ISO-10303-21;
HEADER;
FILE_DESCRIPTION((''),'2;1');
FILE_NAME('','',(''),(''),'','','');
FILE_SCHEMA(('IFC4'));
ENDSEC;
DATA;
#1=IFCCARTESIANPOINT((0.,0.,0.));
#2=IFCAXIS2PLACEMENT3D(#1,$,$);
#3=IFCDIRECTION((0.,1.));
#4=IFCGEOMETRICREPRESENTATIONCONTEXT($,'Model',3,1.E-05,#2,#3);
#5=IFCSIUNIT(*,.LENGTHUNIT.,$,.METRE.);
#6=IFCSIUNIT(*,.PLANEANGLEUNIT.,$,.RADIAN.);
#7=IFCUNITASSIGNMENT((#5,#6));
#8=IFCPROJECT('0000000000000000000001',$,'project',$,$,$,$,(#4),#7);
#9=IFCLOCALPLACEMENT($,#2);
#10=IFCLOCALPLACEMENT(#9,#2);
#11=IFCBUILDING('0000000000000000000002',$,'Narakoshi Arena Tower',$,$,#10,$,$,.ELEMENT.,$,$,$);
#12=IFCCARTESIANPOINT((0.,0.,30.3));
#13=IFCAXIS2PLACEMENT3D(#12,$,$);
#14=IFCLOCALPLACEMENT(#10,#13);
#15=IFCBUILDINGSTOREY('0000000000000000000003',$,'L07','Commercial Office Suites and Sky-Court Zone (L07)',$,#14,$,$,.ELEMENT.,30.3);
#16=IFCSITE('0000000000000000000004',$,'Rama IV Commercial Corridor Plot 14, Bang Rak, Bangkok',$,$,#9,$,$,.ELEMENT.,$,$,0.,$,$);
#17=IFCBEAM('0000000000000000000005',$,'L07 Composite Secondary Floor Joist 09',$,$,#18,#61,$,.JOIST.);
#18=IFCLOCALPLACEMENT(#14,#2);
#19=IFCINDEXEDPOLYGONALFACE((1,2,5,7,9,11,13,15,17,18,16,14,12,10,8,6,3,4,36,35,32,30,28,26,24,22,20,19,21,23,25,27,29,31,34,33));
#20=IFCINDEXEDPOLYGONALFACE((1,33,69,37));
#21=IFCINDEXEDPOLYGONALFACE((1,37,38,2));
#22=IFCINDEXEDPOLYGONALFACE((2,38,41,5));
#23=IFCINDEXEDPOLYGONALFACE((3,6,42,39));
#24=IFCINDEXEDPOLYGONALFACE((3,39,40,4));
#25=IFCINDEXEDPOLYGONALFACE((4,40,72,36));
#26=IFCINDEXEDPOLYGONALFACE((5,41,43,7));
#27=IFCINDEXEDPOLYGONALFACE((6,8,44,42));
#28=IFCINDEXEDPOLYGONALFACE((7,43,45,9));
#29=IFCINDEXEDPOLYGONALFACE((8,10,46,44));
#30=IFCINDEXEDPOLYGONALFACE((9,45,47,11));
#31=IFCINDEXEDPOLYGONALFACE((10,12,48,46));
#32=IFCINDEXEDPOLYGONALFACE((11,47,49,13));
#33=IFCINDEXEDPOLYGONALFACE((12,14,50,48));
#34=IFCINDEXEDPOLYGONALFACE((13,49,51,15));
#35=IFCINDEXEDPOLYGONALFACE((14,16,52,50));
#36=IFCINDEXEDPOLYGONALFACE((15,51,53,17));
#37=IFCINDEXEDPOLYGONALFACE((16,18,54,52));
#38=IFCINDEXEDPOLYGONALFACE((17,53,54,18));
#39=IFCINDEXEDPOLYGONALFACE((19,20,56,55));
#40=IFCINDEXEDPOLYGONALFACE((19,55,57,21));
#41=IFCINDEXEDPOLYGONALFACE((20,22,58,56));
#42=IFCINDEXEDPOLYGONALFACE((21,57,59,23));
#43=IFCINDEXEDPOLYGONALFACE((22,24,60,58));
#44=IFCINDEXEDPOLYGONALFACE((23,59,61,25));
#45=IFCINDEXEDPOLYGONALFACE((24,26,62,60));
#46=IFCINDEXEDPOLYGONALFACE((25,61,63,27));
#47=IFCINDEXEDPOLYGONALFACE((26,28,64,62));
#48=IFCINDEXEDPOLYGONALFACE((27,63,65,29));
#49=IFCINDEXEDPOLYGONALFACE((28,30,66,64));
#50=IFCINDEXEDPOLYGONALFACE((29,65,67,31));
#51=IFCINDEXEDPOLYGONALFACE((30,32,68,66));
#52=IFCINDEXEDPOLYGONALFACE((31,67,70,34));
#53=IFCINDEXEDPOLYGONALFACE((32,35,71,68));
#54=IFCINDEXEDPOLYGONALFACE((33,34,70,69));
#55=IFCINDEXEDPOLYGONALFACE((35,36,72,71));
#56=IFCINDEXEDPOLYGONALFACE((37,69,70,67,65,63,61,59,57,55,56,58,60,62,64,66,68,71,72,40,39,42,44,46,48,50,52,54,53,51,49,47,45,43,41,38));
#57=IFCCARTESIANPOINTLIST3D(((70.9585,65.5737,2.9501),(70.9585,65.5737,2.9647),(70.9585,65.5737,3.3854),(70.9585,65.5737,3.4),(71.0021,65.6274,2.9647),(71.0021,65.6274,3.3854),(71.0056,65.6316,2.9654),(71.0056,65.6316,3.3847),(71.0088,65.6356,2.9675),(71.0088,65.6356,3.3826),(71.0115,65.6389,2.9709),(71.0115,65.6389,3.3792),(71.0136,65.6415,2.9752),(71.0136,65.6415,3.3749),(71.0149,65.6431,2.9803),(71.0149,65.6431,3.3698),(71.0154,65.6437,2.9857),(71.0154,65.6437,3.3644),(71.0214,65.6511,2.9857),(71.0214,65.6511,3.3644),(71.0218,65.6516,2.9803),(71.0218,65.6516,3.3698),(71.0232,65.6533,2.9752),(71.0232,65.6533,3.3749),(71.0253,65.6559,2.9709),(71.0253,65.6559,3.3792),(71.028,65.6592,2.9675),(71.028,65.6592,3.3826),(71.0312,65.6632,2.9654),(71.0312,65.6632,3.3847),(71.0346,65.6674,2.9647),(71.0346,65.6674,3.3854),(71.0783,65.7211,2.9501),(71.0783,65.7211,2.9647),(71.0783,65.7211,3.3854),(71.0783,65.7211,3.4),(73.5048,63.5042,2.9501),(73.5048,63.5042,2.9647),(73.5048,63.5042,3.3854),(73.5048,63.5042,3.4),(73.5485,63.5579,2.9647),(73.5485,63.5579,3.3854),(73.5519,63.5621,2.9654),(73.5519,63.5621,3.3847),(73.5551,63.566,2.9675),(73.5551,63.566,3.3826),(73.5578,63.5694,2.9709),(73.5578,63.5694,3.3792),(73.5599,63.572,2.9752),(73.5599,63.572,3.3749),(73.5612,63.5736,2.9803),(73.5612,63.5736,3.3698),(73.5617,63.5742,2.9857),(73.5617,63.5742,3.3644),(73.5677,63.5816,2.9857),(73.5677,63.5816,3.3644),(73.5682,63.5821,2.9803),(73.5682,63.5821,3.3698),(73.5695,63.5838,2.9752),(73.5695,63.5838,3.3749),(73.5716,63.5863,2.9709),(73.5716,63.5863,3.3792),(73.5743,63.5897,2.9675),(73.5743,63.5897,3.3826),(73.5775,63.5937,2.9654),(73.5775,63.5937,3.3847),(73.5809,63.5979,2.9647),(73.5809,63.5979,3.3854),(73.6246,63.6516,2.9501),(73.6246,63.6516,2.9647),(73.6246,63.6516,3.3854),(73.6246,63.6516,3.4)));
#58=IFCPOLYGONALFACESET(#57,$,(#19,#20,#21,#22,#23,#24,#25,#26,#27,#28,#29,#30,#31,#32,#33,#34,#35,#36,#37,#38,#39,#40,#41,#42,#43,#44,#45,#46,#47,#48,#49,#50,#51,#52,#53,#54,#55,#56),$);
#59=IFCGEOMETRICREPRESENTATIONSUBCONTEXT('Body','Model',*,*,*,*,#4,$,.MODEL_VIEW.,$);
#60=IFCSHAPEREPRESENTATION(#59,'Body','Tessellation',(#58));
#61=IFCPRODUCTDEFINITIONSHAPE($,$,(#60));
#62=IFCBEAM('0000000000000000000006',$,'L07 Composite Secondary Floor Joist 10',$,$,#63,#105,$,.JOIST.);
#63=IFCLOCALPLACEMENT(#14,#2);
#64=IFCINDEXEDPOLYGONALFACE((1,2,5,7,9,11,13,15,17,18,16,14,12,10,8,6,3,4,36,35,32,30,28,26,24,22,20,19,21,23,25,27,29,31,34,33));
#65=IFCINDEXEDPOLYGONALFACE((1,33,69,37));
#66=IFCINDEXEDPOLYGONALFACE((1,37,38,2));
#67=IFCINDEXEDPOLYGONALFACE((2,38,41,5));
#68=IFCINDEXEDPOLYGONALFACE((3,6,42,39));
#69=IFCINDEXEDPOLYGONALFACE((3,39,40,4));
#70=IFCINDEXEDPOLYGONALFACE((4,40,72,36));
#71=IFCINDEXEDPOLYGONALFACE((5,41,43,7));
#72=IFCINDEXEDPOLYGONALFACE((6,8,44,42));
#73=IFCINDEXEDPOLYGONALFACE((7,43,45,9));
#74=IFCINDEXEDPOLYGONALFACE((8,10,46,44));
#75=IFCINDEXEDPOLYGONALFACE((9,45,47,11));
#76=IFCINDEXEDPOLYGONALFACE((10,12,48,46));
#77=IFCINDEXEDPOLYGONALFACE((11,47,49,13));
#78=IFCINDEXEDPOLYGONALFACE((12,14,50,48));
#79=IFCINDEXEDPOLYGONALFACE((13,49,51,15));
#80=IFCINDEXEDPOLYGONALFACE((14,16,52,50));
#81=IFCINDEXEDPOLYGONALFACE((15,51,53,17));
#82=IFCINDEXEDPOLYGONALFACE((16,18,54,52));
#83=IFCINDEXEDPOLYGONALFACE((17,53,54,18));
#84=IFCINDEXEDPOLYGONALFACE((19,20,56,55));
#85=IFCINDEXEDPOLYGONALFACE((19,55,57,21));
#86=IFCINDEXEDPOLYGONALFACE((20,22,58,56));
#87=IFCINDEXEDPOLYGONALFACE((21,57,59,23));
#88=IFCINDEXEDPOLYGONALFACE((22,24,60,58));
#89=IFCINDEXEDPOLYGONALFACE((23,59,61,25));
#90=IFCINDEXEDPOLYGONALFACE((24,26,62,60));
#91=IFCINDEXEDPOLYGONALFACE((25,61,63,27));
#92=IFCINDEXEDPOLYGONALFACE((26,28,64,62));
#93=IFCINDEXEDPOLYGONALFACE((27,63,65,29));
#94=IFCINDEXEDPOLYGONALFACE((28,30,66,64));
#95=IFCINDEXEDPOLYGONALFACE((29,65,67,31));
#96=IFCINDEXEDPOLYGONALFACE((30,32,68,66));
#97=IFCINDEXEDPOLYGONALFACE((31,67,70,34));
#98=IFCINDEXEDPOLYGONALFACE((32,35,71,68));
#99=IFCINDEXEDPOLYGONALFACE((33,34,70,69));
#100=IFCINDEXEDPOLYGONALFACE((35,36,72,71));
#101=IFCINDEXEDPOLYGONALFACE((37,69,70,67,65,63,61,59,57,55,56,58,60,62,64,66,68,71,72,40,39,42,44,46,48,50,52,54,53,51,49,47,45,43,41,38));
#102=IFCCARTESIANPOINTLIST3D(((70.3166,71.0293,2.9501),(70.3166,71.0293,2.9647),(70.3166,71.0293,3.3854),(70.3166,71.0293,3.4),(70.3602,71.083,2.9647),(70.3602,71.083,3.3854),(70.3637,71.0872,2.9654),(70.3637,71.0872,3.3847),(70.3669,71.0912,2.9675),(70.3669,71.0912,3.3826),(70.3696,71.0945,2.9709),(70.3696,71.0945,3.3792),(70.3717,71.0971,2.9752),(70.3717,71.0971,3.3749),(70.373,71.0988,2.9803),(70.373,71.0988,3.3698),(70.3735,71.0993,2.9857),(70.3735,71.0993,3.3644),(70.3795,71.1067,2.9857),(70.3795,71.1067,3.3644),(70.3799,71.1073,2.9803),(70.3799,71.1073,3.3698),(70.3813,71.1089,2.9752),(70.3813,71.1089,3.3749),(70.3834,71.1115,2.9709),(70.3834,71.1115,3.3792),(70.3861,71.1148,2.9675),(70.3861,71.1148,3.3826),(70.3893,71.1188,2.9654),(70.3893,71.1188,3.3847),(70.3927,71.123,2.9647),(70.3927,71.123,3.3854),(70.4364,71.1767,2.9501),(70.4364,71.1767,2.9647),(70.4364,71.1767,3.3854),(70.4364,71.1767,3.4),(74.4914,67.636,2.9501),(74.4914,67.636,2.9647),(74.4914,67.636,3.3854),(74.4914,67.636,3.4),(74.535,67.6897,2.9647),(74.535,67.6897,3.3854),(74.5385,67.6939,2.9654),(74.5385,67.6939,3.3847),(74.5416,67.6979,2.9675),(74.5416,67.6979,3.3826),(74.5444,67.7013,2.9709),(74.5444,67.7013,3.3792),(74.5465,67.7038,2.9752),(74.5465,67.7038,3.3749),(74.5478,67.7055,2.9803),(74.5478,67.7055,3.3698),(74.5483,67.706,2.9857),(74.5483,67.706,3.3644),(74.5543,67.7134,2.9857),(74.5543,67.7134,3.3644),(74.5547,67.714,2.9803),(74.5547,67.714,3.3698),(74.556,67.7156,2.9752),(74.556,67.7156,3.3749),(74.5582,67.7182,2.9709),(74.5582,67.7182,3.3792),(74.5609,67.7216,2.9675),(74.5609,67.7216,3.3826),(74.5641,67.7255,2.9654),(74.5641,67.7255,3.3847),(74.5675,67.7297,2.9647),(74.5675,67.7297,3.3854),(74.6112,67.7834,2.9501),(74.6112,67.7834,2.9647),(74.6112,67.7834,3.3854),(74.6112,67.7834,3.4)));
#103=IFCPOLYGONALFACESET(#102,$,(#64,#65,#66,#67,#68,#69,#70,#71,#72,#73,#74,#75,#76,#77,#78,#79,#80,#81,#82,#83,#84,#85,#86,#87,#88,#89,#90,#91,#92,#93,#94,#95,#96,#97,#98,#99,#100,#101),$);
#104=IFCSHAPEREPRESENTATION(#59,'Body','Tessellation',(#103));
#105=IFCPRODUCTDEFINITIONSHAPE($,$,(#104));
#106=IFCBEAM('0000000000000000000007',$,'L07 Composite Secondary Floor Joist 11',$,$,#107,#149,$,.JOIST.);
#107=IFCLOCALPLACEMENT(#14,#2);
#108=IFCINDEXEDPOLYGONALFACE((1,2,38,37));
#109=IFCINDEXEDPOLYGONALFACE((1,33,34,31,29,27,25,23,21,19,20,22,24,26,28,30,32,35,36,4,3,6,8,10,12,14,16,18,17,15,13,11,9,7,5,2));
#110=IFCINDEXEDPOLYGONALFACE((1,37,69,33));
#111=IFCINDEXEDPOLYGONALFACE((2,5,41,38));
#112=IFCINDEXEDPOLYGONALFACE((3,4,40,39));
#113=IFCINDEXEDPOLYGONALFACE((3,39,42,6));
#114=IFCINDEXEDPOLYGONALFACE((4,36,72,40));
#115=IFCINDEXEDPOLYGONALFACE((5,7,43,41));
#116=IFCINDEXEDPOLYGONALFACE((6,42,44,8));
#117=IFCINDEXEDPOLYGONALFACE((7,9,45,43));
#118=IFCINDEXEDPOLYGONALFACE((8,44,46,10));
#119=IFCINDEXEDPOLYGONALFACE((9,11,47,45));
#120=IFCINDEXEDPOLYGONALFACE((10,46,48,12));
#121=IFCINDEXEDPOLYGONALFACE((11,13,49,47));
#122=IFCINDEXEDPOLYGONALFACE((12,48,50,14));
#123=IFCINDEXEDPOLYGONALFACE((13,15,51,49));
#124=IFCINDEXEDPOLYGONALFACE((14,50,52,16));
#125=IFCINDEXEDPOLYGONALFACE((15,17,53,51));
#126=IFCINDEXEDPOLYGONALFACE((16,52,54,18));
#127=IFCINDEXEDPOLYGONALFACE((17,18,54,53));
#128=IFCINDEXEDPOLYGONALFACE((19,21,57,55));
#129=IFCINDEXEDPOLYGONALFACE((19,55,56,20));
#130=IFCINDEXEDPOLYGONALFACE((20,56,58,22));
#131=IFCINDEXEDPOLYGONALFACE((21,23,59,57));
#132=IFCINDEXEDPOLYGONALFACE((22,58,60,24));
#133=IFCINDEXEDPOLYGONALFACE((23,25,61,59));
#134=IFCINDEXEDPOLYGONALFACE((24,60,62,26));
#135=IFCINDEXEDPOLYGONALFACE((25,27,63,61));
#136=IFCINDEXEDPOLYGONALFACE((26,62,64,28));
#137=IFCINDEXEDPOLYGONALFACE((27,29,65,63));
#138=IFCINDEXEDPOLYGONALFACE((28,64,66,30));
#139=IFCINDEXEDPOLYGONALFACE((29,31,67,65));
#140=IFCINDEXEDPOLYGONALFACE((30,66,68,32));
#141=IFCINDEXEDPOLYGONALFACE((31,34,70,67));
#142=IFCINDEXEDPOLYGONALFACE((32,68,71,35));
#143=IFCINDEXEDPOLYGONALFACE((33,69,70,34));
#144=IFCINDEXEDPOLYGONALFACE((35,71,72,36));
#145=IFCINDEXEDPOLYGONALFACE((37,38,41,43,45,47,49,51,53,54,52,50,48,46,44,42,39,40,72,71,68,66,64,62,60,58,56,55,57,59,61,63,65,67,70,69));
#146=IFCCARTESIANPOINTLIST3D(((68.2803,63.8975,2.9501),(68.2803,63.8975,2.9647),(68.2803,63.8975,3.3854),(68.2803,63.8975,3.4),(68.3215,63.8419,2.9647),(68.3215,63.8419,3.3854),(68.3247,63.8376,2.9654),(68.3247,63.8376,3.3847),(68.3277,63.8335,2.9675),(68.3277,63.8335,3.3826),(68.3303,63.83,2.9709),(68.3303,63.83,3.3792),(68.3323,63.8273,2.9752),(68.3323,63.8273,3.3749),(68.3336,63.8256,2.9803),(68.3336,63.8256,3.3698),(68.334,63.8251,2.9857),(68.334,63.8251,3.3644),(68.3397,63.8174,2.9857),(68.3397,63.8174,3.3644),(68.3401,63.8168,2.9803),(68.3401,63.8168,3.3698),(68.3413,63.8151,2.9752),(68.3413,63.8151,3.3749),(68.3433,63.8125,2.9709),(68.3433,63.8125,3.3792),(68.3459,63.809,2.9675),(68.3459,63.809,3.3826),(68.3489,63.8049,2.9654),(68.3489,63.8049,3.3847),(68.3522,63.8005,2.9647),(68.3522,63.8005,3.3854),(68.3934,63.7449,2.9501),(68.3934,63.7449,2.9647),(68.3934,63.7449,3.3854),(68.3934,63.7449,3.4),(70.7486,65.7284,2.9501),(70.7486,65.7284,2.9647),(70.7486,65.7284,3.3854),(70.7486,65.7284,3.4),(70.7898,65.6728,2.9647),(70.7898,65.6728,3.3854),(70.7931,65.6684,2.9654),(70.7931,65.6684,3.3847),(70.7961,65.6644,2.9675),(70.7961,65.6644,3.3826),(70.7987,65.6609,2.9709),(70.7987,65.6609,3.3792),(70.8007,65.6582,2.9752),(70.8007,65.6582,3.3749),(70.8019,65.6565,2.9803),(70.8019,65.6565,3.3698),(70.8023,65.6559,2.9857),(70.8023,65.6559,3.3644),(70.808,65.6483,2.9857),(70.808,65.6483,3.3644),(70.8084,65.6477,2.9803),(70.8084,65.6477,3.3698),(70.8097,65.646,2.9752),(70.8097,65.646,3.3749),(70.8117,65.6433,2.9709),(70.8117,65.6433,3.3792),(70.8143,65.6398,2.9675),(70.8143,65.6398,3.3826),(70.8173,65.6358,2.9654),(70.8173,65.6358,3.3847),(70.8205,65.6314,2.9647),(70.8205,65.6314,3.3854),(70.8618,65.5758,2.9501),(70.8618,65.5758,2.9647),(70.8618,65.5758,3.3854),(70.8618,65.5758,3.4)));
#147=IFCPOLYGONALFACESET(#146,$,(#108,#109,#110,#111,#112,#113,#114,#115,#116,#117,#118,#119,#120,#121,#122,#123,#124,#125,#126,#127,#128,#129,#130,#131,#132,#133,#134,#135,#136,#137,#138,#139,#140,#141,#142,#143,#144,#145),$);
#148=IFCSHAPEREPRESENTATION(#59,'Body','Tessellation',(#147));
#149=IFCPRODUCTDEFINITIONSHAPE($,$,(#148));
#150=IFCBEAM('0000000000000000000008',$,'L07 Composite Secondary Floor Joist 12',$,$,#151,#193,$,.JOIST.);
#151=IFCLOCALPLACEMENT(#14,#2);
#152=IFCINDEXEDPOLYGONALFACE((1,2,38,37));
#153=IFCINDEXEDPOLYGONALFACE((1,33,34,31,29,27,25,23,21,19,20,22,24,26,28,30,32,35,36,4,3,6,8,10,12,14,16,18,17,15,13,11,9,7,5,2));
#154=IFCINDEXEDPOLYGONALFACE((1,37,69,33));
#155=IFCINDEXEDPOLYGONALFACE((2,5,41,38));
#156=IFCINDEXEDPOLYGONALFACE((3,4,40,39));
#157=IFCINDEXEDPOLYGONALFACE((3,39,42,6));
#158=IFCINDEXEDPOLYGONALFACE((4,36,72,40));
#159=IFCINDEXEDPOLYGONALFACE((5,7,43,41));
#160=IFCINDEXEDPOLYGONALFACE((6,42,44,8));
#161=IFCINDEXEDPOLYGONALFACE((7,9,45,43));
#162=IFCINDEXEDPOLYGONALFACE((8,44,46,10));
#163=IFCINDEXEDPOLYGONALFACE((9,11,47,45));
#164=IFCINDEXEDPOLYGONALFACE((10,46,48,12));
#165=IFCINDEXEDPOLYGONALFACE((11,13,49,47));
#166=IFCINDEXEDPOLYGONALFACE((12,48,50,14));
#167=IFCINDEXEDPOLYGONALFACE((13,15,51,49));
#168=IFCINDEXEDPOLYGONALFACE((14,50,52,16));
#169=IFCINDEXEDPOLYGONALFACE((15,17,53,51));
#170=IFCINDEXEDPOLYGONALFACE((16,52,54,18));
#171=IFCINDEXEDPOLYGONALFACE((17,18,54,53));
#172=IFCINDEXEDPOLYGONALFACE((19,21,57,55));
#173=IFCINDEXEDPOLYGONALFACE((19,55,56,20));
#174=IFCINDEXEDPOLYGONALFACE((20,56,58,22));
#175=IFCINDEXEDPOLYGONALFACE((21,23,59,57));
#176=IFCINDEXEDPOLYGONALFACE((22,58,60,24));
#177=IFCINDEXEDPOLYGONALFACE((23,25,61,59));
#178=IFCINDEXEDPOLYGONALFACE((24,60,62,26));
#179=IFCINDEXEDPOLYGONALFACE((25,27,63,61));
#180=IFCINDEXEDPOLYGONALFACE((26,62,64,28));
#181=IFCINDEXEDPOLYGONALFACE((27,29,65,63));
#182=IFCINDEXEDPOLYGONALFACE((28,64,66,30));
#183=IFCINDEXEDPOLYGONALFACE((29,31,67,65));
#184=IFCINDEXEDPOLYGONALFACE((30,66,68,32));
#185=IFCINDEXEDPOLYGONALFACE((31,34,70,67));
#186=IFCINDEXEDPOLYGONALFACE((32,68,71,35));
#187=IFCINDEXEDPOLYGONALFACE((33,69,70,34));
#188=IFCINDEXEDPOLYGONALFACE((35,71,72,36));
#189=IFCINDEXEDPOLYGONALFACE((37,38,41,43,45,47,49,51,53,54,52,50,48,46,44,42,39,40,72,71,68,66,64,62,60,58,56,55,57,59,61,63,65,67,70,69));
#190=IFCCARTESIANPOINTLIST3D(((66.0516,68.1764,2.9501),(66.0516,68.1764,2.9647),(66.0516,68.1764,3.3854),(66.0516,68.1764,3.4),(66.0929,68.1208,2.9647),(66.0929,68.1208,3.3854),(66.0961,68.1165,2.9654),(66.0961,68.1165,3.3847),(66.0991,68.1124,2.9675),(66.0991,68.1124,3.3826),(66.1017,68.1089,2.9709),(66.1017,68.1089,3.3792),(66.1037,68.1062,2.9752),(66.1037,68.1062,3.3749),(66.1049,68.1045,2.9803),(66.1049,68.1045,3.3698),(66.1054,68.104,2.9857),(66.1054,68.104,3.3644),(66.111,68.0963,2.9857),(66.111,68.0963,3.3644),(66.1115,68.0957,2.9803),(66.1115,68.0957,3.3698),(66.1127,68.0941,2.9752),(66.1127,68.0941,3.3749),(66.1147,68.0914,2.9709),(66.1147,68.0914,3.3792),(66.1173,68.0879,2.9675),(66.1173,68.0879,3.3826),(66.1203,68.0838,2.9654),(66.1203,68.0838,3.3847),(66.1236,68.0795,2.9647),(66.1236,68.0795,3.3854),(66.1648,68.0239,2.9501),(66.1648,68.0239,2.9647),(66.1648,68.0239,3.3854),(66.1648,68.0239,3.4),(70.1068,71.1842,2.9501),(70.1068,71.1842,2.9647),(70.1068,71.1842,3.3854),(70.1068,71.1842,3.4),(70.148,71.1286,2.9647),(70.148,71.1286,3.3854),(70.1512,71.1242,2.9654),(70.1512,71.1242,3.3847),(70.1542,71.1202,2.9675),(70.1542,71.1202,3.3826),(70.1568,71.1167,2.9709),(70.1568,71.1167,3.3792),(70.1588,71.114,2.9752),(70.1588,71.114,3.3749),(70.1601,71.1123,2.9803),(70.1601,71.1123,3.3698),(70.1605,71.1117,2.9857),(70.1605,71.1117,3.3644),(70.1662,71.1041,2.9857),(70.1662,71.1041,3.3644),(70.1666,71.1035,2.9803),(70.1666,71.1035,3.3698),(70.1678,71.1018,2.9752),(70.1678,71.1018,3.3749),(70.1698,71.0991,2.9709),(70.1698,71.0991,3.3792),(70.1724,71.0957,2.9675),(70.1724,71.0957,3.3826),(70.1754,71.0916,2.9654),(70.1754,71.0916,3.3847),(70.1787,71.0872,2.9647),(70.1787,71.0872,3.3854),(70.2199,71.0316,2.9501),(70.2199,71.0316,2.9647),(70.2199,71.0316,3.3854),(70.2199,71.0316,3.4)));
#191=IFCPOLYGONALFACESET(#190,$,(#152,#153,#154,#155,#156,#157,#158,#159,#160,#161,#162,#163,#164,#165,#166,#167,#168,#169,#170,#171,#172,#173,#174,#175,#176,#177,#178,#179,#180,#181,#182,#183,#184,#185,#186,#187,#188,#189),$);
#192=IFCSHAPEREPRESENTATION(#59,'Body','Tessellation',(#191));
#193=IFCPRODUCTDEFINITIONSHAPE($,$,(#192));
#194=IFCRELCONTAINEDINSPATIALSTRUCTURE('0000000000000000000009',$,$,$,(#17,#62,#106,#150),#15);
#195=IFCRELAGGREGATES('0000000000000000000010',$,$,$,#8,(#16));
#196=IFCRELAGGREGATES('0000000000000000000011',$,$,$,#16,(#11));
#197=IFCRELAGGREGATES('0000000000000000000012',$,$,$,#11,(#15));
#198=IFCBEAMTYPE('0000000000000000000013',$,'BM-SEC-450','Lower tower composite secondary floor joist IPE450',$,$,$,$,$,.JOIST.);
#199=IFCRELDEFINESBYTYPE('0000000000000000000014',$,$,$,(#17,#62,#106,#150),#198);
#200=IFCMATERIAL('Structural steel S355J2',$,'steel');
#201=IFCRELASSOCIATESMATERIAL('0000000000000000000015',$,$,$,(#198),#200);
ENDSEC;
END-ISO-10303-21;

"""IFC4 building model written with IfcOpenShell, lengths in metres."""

from ifc_helpers import new_model, si_unit, direction, frame, origin, origin_2d, place, context, subcontext, project, spatial, i_section, extrude, material, material_profile, profile_set, type_object, element, save


model = new_model("IFC4")

# Units and contexts
model_context = context("Model", 3, precision=1e-05, world=origin(), true_north=direction((0.0, 1.0)))
body_context = subcontext(model_context, "Body", "Model", "MODEL_VIEW")
ifc_project = project(units=[si_unit("LENGTHUNIT", "METRE"), si_unit("PLANEANGLEUNIT", "RADIAN")], contexts=[model_context])

# Site, building, storey
site_placement = place(None, origin())
site = spatial("IfcSite", under=ifc_project, at=site_placement, Name="Rama IV Commercial Corridor Plot 14, Bang Rak, Bangkok", CompositionType="ELEMENT", RefElevation=0.0)
building_placement = place(site_placement, origin())
building = spatial("IfcBuilding", under=site, at=building_placement, Name="Narakoshi Arena Tower", CompositionType="ELEMENT")
storey_placement = place(building_placement, frame((0.0, 0.0, 30.3)))
storey = spatial("IfcBuildingStorey", under=building, at=storey_placement, Name="L07", Description="Commercial Office Suites and Sky-Court Zone (L07)", CompositionType="ELEMENT", Elevation=30.3)

# Beams
ifc_material_1 = material(Name="Structural steel S355J2", Category="steel")
ifc_material_profile_1 = material_profile(ifc_material_1, i_section(OverallWidth=0.1899, OverallDepth=0.45, WebThickness=0.0095, FlangeThickness=0.0146, FilletRadius=0.021, at=origin_2d()), Name="IPE450")
ifc_profile_set_1 = profile_set([ifc_material_profile_1], Name="Structural steel S355J2")
beam_type_1 = type_object("IfcBeamType", Name="BM-SEC-450", Description="Lower tower composite secondary floor joist IPE450", PredefinedType="JOIST", material=ifc_profile_set_1)
beam_1_placement = place(storey_placement, frame((73.5647, 63.5779, 3.175), z_axis=(-0.776018, 0.63071, 0.0), x_axis=(-0.63071, -0.776018, 0.0)))
element("IfcBeam", 1, at=beam_1_placement, inside=storey, type_object=beam_type_1, Name="L07 Composite Secondary Floor Joist 09", PredefinedType="JOIST", context=body_context, shape_type="SweptSolid", body=[
    extrude(i_section(OverallWidth=0.1899, OverallDepth=0.45, WebThickness=0.0095, FlangeThickness=0.0146, FilletRadius=0.021, at=origin_2d()), origin(), (0.0, 0.0, 1.0), 3.2812),
])
beam_2_placement = place(storey_placement, frame((74.5513, 67.7097, 3.175), z_axis=(-0.775997, 0.630736, 0.0), x_axis=(-0.630736, -0.775997, 0.0)))
element("IfcBeam", 2, at=beam_2_placement, inside=storey, type_object=beam_type_1, Name="L07 Composite Secondary Floor Joist 10", PredefinedType="JOIST", context=body_context, shape_type="SweptSolid", body=[
    extrude(i_section(OverallWidth=0.1899, OverallDepth=0.45, WebThickness=0.0095, FlangeThickness=0.0146, FilletRadius=0.021, at=origin_2d()), origin(), (0.0, 0.0, 1.0), 5.3799),
])
beam_3_placement = place(storey_placement, frame((70.8052, 65.6521, 3.175), z_axis=(-0.803173, -0.595746, 0.0), x_axis=(0.595746, -0.803173, 0.0)))
element("IfcBeam", 3, at=beam_3_placement, inside=storey, type_object=beam_type_1, Name="L07 Composite Secondary Floor Joist 11", PredefinedType="JOIST", context=body_context, shape_type="SweptSolid", body=[
    extrude(i_section(OverallWidth=0.1899, OverallDepth=0.45, WebThickness=0.0095, FlangeThickness=0.0146, FilletRadius=0.021, at=origin_2d()), origin(), (0.0, 0.0, 1.0), 3.0732),
])
beam_4_placement = place(storey_placement, frame((70.1633, 71.1079, 3.175), z_axis=(-0.80318, -0.595736, 0.0), x_axis=(0.595736, -0.80318, 0.0)))
element("IfcBeam", 4, at=beam_4_placement, inside=storey, type_object=beam_type_1, Name="L07 Composite Secondary Floor Joist 12", PredefinedType="JOIST", context=body_context, shape_type="SweptSolid", body=[
    extrude(i_section(OverallWidth=0.1899, OverallDepth=0.45, WebThickness=0.0095, FlangeThickness=0.0146, FilletRadius=0.021, at=origin_2d()), origin(), (0.0, 0.0, 1.0), 5.0488),
])

save(model, "model.ifc")
